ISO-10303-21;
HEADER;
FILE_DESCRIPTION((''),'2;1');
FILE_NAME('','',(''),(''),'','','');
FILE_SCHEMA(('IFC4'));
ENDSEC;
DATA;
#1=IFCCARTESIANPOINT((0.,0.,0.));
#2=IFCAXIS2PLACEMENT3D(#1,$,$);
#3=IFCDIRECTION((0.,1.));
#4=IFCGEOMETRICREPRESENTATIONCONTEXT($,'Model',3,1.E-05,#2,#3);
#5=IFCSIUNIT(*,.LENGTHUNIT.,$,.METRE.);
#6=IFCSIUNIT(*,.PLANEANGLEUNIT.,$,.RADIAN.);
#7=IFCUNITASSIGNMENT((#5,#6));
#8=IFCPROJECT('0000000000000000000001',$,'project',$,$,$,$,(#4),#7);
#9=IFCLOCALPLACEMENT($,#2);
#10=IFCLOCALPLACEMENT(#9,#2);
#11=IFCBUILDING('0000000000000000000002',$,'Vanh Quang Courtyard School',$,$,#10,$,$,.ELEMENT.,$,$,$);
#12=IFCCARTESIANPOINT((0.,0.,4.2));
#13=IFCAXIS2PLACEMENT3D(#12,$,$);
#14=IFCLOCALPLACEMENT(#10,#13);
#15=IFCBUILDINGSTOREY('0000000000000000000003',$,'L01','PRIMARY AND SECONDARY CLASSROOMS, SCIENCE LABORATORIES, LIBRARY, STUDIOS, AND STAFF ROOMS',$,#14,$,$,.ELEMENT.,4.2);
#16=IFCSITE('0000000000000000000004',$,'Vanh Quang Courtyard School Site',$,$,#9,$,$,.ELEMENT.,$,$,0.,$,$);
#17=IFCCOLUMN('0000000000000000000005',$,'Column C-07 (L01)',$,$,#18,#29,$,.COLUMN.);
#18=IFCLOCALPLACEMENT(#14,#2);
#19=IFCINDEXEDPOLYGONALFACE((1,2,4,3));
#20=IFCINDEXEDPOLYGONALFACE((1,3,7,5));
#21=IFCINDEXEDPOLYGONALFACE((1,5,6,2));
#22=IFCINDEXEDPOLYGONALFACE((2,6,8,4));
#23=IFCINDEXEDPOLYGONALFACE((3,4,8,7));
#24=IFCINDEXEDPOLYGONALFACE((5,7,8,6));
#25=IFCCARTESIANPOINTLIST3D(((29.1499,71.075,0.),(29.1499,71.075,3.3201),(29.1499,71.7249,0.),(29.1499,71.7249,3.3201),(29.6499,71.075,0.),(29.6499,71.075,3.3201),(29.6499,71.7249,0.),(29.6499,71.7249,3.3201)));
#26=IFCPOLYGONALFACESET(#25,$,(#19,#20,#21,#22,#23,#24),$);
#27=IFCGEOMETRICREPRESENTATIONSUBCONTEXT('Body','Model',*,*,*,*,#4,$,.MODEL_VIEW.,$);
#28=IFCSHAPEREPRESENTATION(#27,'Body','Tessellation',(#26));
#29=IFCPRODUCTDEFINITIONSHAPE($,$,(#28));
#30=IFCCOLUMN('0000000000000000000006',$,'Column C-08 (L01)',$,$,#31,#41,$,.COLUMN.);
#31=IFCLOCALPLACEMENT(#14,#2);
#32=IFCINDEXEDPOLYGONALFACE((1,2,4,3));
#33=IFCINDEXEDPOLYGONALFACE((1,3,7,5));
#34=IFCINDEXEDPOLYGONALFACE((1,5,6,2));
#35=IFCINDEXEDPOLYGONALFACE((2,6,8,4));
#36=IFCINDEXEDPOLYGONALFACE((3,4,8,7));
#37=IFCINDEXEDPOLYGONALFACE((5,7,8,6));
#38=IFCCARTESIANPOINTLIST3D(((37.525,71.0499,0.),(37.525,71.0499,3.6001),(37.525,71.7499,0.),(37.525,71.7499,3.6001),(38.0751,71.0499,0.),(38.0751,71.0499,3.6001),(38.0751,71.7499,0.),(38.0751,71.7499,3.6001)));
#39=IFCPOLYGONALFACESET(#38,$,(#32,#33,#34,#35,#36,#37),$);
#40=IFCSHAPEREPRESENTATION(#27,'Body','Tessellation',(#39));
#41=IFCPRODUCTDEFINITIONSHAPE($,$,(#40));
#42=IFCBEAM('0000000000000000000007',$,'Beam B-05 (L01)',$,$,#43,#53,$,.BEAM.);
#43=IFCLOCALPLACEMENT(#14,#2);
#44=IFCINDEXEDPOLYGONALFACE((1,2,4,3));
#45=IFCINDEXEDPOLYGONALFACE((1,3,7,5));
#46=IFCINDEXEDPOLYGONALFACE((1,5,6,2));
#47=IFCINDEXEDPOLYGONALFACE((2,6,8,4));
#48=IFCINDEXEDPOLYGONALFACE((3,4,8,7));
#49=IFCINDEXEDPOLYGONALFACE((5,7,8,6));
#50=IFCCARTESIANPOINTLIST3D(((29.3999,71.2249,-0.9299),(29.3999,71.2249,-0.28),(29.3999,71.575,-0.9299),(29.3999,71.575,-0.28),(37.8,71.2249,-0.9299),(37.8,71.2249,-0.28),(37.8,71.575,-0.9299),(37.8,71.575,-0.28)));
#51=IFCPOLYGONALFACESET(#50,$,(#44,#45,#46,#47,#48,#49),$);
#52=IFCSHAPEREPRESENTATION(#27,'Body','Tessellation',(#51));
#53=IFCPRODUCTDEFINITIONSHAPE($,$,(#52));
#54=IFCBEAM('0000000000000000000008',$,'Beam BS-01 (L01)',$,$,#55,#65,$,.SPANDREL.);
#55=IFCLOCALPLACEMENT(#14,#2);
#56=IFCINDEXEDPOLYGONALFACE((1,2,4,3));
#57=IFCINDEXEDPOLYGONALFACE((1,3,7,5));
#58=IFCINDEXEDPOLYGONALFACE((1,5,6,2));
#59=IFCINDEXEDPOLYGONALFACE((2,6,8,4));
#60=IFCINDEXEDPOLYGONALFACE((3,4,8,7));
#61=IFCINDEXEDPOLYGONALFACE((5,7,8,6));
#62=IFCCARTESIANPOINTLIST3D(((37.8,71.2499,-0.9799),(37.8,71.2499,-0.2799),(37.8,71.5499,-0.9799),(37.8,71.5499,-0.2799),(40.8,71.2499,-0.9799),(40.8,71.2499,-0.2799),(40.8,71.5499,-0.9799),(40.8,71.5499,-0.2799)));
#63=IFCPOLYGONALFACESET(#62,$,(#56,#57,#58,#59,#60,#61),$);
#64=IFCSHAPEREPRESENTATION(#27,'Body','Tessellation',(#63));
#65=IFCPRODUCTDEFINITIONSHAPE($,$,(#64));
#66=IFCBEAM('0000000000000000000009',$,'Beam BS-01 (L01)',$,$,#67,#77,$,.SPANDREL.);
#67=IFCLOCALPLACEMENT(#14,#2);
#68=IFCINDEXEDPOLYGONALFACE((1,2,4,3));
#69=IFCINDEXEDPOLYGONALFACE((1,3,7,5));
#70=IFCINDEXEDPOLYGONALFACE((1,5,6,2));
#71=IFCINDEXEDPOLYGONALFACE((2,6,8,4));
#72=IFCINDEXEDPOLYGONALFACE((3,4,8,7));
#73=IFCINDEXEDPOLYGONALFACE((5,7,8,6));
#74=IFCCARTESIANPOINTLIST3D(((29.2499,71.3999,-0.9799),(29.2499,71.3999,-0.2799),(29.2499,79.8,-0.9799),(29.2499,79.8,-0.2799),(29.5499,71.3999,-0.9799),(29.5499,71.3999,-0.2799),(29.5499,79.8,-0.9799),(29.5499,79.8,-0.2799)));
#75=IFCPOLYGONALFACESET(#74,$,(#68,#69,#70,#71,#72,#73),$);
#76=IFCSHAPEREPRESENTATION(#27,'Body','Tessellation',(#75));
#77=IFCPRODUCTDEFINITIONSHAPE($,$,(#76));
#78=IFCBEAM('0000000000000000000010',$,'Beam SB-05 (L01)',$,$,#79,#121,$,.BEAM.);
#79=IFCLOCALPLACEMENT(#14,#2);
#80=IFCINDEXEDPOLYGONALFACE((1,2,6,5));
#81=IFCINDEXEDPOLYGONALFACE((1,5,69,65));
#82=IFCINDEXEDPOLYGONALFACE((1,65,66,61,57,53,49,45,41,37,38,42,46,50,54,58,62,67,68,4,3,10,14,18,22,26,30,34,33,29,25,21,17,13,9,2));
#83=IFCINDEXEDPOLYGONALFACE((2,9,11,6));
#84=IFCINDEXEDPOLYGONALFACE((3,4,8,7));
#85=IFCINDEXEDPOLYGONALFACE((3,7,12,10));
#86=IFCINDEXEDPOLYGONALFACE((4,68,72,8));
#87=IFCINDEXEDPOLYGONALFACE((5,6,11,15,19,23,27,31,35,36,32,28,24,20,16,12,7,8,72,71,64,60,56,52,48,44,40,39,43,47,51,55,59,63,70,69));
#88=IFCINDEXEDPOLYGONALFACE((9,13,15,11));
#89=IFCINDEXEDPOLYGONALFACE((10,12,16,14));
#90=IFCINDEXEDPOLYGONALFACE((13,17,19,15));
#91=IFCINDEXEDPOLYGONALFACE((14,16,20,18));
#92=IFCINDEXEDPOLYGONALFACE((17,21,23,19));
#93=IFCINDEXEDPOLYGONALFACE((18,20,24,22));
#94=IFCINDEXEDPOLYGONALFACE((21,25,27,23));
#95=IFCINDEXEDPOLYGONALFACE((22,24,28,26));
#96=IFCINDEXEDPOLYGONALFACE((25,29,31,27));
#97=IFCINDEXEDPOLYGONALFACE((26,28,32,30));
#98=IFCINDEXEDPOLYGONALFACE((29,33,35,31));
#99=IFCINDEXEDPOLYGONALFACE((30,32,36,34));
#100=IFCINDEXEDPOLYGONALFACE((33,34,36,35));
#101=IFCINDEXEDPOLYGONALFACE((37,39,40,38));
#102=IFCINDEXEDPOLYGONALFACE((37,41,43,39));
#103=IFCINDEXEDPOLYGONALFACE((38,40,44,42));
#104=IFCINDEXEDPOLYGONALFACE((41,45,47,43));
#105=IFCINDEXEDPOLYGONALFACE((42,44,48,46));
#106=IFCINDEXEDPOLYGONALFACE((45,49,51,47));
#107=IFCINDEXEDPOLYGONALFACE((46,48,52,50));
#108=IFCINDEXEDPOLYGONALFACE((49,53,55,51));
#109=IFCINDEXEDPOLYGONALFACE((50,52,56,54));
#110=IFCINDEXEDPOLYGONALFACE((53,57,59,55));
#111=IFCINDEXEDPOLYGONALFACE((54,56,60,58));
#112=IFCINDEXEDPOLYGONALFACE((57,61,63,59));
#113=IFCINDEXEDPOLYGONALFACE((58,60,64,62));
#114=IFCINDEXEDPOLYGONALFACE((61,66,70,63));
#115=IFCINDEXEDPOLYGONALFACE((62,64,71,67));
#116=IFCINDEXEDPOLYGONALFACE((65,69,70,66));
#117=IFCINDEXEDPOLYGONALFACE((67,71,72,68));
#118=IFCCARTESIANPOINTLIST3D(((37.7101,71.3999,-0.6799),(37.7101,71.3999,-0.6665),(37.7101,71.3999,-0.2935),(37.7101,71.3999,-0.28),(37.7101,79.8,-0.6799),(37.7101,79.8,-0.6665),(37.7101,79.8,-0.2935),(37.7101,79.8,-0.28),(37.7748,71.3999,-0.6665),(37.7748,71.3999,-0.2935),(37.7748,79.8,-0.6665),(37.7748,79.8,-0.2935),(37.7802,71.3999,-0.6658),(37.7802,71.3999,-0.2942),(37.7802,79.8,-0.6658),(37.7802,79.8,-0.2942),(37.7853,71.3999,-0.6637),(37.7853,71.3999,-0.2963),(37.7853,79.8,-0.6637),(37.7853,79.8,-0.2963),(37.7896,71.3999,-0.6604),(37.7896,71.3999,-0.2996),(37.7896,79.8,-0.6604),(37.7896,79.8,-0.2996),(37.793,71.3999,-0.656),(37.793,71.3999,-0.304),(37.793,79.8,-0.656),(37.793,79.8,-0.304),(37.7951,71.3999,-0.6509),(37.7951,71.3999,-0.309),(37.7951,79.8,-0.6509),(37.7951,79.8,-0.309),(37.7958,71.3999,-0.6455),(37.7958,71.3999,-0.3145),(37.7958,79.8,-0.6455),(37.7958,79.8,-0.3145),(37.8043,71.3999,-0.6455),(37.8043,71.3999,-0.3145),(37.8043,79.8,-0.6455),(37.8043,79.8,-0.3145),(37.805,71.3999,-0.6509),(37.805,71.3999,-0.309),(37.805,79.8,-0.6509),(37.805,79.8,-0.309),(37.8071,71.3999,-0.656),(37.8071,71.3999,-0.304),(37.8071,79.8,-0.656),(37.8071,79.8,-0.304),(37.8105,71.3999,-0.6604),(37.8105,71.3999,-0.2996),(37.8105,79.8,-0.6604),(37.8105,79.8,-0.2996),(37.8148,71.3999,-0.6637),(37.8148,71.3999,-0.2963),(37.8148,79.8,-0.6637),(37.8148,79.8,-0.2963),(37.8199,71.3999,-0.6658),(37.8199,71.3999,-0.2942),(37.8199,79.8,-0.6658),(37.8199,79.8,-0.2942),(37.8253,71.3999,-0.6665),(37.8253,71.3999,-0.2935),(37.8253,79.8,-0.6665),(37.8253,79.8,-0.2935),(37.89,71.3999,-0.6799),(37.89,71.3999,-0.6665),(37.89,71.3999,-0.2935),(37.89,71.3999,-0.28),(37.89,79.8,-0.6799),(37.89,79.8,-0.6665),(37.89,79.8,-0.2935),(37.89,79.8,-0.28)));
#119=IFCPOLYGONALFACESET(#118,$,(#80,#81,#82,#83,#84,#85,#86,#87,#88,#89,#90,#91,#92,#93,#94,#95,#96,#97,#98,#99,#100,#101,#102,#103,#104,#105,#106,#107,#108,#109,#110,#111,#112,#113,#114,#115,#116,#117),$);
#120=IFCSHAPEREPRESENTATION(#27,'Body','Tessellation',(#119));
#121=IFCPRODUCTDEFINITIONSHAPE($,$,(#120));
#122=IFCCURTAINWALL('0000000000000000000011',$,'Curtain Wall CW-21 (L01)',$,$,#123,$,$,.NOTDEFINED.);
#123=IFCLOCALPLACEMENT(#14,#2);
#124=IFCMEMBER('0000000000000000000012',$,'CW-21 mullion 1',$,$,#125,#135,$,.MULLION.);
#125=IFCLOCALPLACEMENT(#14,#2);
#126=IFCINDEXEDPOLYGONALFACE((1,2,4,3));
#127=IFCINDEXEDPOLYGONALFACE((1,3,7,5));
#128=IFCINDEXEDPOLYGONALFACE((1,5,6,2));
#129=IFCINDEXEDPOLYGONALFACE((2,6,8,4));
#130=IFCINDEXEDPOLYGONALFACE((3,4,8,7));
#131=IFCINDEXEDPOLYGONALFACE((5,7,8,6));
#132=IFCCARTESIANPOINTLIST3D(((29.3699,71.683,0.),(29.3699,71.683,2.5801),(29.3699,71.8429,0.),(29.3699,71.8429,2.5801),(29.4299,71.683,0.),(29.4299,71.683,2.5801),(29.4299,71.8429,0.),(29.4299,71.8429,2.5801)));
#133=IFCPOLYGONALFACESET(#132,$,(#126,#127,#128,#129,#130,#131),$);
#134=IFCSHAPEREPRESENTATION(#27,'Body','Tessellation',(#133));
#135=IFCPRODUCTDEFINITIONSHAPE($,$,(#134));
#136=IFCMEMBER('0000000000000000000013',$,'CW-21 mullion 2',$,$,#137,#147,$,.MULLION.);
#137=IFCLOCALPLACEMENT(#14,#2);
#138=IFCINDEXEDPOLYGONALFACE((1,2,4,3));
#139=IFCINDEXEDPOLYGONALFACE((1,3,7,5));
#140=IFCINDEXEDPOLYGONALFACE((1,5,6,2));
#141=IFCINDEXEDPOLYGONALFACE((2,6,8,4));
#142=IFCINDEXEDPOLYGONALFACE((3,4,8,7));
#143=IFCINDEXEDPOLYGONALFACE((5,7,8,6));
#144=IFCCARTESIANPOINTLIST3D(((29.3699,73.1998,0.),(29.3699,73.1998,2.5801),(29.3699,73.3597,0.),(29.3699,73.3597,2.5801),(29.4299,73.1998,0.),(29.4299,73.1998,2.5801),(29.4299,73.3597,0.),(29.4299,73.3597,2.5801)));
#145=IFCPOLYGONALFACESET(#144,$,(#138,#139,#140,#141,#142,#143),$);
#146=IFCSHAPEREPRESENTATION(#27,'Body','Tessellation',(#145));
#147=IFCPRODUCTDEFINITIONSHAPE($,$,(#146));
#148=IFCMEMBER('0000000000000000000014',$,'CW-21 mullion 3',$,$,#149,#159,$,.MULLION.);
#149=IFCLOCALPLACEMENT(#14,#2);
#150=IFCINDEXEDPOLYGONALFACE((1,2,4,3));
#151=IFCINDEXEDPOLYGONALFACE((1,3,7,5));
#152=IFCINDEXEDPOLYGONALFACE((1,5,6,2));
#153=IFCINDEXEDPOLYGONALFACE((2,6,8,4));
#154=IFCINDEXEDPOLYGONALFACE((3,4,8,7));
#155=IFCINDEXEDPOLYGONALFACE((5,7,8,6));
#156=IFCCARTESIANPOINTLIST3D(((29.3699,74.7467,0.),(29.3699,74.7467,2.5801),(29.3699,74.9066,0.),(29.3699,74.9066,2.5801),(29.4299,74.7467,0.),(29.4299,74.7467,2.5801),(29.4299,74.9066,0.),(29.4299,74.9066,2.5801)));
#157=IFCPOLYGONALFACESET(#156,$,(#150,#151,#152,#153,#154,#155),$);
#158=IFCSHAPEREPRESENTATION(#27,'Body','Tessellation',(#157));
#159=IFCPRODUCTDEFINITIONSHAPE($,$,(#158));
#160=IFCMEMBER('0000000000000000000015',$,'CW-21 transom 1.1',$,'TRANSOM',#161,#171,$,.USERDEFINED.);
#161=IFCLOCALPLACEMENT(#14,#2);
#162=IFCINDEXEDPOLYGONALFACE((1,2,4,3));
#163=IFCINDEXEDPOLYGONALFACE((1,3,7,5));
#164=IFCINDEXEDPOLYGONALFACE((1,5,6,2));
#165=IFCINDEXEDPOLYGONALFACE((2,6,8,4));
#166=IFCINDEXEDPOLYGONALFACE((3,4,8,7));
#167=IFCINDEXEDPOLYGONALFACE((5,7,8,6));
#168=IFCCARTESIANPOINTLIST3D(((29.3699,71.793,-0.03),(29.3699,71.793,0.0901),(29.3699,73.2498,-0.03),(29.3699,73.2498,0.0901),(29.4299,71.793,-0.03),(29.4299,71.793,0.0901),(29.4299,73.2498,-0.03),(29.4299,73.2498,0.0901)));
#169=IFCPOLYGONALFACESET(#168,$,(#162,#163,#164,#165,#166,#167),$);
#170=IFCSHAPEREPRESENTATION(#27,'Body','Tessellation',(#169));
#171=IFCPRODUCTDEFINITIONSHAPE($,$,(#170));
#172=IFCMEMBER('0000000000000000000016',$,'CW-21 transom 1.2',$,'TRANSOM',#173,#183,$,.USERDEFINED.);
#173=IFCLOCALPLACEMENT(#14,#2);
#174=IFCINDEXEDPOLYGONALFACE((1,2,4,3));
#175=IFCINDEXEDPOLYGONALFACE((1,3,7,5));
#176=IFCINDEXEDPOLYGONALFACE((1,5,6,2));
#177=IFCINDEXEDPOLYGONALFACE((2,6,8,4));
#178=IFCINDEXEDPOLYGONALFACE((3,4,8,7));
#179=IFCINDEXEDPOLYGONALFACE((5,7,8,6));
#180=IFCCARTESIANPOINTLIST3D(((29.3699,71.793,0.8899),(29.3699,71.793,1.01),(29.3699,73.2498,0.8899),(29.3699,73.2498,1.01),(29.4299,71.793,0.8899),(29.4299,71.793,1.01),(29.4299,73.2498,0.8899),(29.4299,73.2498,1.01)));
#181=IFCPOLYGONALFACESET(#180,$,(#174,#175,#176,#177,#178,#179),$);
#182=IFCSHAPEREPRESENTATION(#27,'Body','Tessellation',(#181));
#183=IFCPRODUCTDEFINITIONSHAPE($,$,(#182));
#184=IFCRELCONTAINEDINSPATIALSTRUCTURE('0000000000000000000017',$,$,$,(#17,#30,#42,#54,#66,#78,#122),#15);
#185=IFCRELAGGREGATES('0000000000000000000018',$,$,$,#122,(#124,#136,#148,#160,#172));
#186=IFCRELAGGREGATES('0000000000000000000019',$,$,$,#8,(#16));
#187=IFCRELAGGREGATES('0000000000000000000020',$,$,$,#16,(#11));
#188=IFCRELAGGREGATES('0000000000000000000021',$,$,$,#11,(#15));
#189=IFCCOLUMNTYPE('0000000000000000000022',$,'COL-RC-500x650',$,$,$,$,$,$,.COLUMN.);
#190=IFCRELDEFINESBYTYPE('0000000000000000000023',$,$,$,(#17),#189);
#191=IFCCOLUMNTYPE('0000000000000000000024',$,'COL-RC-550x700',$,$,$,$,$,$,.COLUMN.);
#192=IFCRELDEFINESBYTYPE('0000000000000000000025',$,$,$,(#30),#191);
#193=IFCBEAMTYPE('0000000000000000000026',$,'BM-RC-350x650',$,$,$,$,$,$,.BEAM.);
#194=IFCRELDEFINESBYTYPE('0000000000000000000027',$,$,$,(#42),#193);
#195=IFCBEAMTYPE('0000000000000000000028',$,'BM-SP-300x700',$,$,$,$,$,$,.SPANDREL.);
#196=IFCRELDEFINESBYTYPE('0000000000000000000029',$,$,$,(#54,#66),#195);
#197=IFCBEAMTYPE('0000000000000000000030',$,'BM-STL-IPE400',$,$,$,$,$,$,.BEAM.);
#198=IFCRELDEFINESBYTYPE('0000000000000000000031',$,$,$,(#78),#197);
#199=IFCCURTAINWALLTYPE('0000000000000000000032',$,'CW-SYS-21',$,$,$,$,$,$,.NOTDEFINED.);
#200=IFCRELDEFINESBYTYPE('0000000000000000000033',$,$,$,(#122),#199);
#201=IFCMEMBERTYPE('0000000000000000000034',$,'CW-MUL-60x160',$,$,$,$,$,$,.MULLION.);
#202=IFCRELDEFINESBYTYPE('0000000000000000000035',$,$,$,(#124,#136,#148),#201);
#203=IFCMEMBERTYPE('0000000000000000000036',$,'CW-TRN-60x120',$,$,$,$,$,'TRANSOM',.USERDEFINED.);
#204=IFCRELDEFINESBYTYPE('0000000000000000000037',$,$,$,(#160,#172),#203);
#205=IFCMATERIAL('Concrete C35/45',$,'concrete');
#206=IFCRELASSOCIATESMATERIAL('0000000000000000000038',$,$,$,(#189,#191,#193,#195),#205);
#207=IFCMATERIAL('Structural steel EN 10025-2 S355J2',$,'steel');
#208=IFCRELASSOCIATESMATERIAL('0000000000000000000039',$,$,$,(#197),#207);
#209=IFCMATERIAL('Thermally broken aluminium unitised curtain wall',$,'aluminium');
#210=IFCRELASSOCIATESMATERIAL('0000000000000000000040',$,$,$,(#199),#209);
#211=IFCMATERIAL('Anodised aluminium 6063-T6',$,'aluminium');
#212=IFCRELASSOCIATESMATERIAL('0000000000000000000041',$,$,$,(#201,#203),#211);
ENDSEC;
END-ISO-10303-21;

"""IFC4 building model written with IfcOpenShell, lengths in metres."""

from ifc_helpers import new_model, si_unit, direction, frame, origin, origin_2d, place, context, subcontext, project, spatial, rectangle, i_section, extrude, material, material_profile, profile_set, type_object, element, aggregate, save


model = new_model("IFC4")

# Units and contexts
model_context = context("Model", 3, precision=1e-05, world=origin(), true_north=direction((0.0, 1.0)))
body_context = subcontext(model_context, "Body", "Model", "MODEL_VIEW")
ifc_project = project(units=[si_unit("LENGTHUNIT", "METRE"), si_unit("PLANEANGLEUNIT", "RADIAN")], contexts=[model_context])

# Site, building, storey
site_placement = place(None, origin())
site = spatial("IfcSite", under=ifc_project, at=site_placement, Name="Vanh Quang Courtyard School Site", CompositionType="ELEMENT", RefElevation=0.0)
building_placement = place(site_placement, origin())
building = spatial("IfcBuilding", under=site, at=building_placement, Name="Vanh Quang Courtyard School", CompositionType="ELEMENT")
storey_placement = place(building_placement, frame((0.0, 0.0, 4.2)))
storey = spatial("IfcBuildingStorey", under=building, at=storey_placement, Name="L01", Description="PRIMARY AND SECONDARY CLASSROOMS, SCIENCE LABORATORIES, LIBRARY, STUDIOS, AND STAFF ROOMS", CompositionType="ELEMENT", Elevation=4.2)

# Columns
ifc_material_1 = material(Name="Concrete C35/45", Category="concrete")
ifc_material_profile_1 = material_profile(ifc_material_1, rectangle(XDim=0.5, YDim=0.6499, at=origin_2d()), Name="RC-COL 500x650")
ifc_profile_set_1 = profile_set([ifc_material_profile_1], Name="Concrete C35/45")
column_type_1 = type_object("IfcColumnType", Name="COL-RC-500x650", PredefinedType="COLUMN", material=ifc_profile_set_1)
column_1_placement = place(storey_placement, frame((29.3999, 71.3999, 0.0), z_axis=(0.0, 0.0, 1.0), x_axis=(1.0, 0.0, 0.0)))
element("IfcColumn", 1, at=column_1_placement, inside=storey, type_object=column_type_1, Name="Column C-07 (L01)", PredefinedType="COLUMN", context=body_context, shape_type="SweptSolid", body=[
    extrude(rectangle(XDim=0.5, YDim=0.6499, at=origin_2d()), origin(), (0.0, 0.0, 1.0), 3.3201),
])
ifc_material_profile_2 = material_profile(ifc_material_1, rectangle(XDim=0.55, YDim=0.7, at=origin_2d()), Name="RC-COL 550x700")
ifc_profile_set_2 = profile_set([ifc_material_profile_2], Name="Concrete C35/45")
column_type_2 = type_object("IfcColumnType", Name="COL-RC-550x700", PredefinedType="COLUMN", material=ifc_profile_set_2)
column_2_placement = place(storey_placement, frame((37.8, 71.3999, 0.0), z_axis=(0.0, 0.0, 1.0), x_axis=(1.0, 0.0, 0.0)))
element("IfcColumn", 2, at=column_2_placement, inside=storey, type_object=column_type_2, Name="Column C-08 (L01)", PredefinedType="COLUMN", context=body_context, shape_type="SweptSolid", body=[
    extrude(rectangle(XDim=0.55, YDim=0.7, at=origin_2d()), origin(), (0.0, 0.0, 1.0), 3.6001),
])

# Beams
ifc_material_profile_3 = material_profile(ifc_material_1, rectangle(XDim=0.3501, YDim=0.6499, at=origin_2d()), Name="RC-BM 350x650")
ifc_profile_set_3 = profile_set([ifc_material_profile_3], Name="Concrete C35/45")
beam_type_1 = type_object("IfcBeamType", Name="BM-RC-350x650", PredefinedType="BEAM", material=ifc_profile_set_3)
beam_1_placement = place(storey_placement, frame((29.3999, 71.3999, -0.605), z_axis=(1.0, 0.0, 0.0), x_axis=(0.0, 1.0, 0.0)))
element("IfcBeam", 3, at=beam_1_placement, inside=storey, type_object=beam_type_1, Name="Beam B-05 (L01)", PredefinedType="BEAM", context=body_context, shape_type="SweptSolid", body=[
    extrude(rectangle(XDim=0.3501, YDim=0.6499, at=origin_2d()), origin(), (0.0, 0.0, 1.0), 8.4001),
])
ifc_material_profile_4 = material_profile(ifc_material_1, rectangle(XDim=0.3, YDim=0.7, at=origin_2d()), Name="RC-SP 300x700")
ifc_profile_set_4 = profile_set([ifc_material_profile_4], Name="Concrete C35/45")
beam_type_2 = type_object("IfcBeamType", Name="BM-SP-300x700", PredefinedType="SPANDREL", material=ifc_profile_set_4)
beam_2_placement = place(storey_placement, frame((37.8, 71.3999, -0.6299), z_axis=(1.0, 0.0, 0.0), x_axis=(0.0, 1.0, 0.0)))
element("IfcBeam", 4, at=beam_2_placement, inside=storey, type_object=beam_type_2, Name="Beam BS-01 (L01)", PredefinedType="SPANDREL", context=body_context, shape_type="SweptSolid", body=[
    extrude(rectangle(XDim=0.3, YDim=0.7, at=origin_2d()), origin(), (0.0, 0.0, 1.0), 3.0),
])
beam_3_placement = place(storey_placement, frame((29.3999, 71.3999, -0.6299), z_axis=(0.0, 1.0, 0.0), x_axis=(-1.0, 0.0, 0.0)))
element("IfcBeam", 5, at=beam_3_placement, inside=storey, type_object=beam_type_2, Name="Beam BS-01 (L01)", PredefinedType="SPANDREL", context=body_context, shape_type="SweptSolid", body=[
    extrude(rectangle(XDim=0.3, YDim=0.7, at=origin_2d()), origin(), (0.0, 0.0, 1.0), 8.4001),
])
ifc_material_2 = material(Name="Structural steel EN 10025-2 S355J2", Category="steel")
ifc_material_profile_5 = material_profile(ifc_material_2, i_section(OverallWidth=0.1799, OverallDepth=0.3999, WebThickness=0.0085, FlangeThickness=0.0134, FilletRadius=0.021, at=origin_2d()), Name="IPE 400")
ifc_profile_set_5 = profile_set([ifc_material_profile_5], Name="Structural steel EN 10025-2 S355J2")
beam_type_3 = type_object("IfcBeamType", Name="BM-STL-IPE400", PredefinedType="BEAM", material=ifc_profile_set_5)
beam_4_placement = place(storey_placement, frame((37.8, 71.3999, -0.48), z_axis=(0.0, 1.0, 0.0), x_axis=(-1.0, 0.0, 0.0)))
element("IfcBeam", 6, at=beam_4_placement, inside=storey, type_object=beam_type_3, Name="Beam SB-05 (L01)", PredefinedType="BEAM", context=body_context, shape_type="SweptSolid", body=[
    extrude(i_section(OverallWidth=0.1799, OverallDepth=0.3999, WebThickness=0.0085, FlangeThickness=0.0134, FilletRadius=0.021, at=origin_2d()), origin(), (0.0, 0.0, 1.0), 8.4001),
])

# Curtain wall, members
ifc_material_3 = material(Name="Thermally broken aluminium unitised curtain wall", Category="aluminium")
curtain_wall_type = type_object("IfcCurtainWallType", Name="CW-SYS-21", PredefinedType="NOTDEFINED", material=ifc_material_3)
curtain_wall_placement = place(storey_placement, origin())
curtain_wall = element("IfcCurtainWall", 7, at=curtain_wall_placement, inside=storey, type_object=curtain_wall_type, Name="Curtain Wall CW-21 (L01)", PredefinedType="NOTDEFINED")
ifc_material_4 = material(Name="Anodised aluminium 6063-T6", Category="aluminium")
ifc_material_profile_6 = material_profile(ifc_material_4, rectangle(XDim=0.0601, YDim=0.1599, at=origin_2d()), Name="ALU-MUL 60x160")
ifc_profile_set_6 = profile_set([ifc_material_profile_6], Name="Anodised aluminium 6063-T6")
member_type_1 = type_object("IfcMemberType", Name="CW-MUL-60x160", PredefinedType="MULLION", material=ifc_profile_set_6)
member_1_placement = place(storey_placement, frame((29.3999, 71.7629, 0.0), z_axis=(0.0, 0.0, 1.0), x_axis=(-1.0, 0.0, 0.0)))
member_1 = element("IfcMember", 8, at=member_1_placement, type_object=member_type_1, Name="CW-21 mullion 1", PredefinedType="MULLION", context=body_context, shape_type="SweptSolid", body=[
    extrude(rectangle(XDim=0.0601, YDim=0.1599, at=origin_2d()), origin(), (0.0, 0.0, 1.0), 2.5801),
])
member_2_placement = place(storey_placement, frame((29.3999, 73.2798, 0.0), z_axis=(0.0, 0.0, 1.0), x_axis=(-1.0, 0.0, 0.0)))
member_2 = element("IfcMember", 9, at=member_2_placement, type_object=member_type_1, Name="CW-21 mullion 2", PredefinedType="MULLION", context=body_context, shape_type="SweptSolid", body=[
    extrude(rectangle(XDim=0.0601, YDim=0.1599, at=origin_2d()), origin(), (0.0, 0.0, 1.0), 2.5801),
])
member_3_placement = place(storey_placement, frame((29.3999, 74.8267, 0.0), z_axis=(0.0, 0.0, 1.0), x_axis=(-1.0, 0.0, 0.0)))
member_3 = element("IfcMember", 10, at=member_3_placement, type_object=member_type_1, Name="CW-21 mullion 3", PredefinedType="MULLION", context=body_context, shape_type="SweptSolid", body=[
    extrude(rectangle(XDim=0.0601, YDim=0.1599, at=origin_2d()), origin(), (0.0, 0.0, 1.0), 2.5801),
])
ifc_material_profile_7 = material_profile(ifc_material_4, rectangle(XDim=0.0601, YDim=0.1201, at=origin_2d()), Name="ALU-TRN 60x120")
ifc_profile_set_7 = profile_set([ifc_material_profile_7], Name="Anodised aluminium 6063-T6")
member_type_2 = type_object("IfcMemberType", Name="CW-TRN-60x120", ElementType="TRANSOM", PredefinedType="USERDEFINED", material=ifc_profile_set_7)
member_4_placement = place(storey_placement, frame((29.3999, 71.793, 0.03), z_axis=(0.0, 1.0, 0.0), x_axis=(-1.0, 0.0, 0.0)))
member_4 = element("IfcMember", 11, at=member_4_placement, type_object=member_type_2, Name="CW-21 transom 1.1", ObjectType="TRANSOM", PredefinedType="USERDEFINED", context=body_context, shape_type="SweptSolid", body=[
    extrude(rectangle(XDim=0.0601, YDim=0.1201, at=origin_2d()), origin(), (0.0, 0.0, 1.0), 1.4568),
])
member_5_placement = place(storey_placement, frame((29.3999, 71.793, 0.95), z_axis=(0.0, 1.0, 0.0), x_axis=(-1.0, 0.0, 0.0)))
member_5 = element("IfcMember", 12, at=member_5_placement, type_object=member_type_2, Name="CW-21 transom 1.2", ObjectType="TRANSOM", PredefinedType="USERDEFINED", context=body_context, shape_type="SweptSolid", body=[
    extrude(rectangle(XDim=0.0601, YDim=0.1201, at=origin_2d()), origin(), (0.0, 0.0, 1.0), 1.4568),
])

aggregate(curtain_wall, [member_1, member_2, member_3, member_4, member_5])

save(model, "model.ifc")
